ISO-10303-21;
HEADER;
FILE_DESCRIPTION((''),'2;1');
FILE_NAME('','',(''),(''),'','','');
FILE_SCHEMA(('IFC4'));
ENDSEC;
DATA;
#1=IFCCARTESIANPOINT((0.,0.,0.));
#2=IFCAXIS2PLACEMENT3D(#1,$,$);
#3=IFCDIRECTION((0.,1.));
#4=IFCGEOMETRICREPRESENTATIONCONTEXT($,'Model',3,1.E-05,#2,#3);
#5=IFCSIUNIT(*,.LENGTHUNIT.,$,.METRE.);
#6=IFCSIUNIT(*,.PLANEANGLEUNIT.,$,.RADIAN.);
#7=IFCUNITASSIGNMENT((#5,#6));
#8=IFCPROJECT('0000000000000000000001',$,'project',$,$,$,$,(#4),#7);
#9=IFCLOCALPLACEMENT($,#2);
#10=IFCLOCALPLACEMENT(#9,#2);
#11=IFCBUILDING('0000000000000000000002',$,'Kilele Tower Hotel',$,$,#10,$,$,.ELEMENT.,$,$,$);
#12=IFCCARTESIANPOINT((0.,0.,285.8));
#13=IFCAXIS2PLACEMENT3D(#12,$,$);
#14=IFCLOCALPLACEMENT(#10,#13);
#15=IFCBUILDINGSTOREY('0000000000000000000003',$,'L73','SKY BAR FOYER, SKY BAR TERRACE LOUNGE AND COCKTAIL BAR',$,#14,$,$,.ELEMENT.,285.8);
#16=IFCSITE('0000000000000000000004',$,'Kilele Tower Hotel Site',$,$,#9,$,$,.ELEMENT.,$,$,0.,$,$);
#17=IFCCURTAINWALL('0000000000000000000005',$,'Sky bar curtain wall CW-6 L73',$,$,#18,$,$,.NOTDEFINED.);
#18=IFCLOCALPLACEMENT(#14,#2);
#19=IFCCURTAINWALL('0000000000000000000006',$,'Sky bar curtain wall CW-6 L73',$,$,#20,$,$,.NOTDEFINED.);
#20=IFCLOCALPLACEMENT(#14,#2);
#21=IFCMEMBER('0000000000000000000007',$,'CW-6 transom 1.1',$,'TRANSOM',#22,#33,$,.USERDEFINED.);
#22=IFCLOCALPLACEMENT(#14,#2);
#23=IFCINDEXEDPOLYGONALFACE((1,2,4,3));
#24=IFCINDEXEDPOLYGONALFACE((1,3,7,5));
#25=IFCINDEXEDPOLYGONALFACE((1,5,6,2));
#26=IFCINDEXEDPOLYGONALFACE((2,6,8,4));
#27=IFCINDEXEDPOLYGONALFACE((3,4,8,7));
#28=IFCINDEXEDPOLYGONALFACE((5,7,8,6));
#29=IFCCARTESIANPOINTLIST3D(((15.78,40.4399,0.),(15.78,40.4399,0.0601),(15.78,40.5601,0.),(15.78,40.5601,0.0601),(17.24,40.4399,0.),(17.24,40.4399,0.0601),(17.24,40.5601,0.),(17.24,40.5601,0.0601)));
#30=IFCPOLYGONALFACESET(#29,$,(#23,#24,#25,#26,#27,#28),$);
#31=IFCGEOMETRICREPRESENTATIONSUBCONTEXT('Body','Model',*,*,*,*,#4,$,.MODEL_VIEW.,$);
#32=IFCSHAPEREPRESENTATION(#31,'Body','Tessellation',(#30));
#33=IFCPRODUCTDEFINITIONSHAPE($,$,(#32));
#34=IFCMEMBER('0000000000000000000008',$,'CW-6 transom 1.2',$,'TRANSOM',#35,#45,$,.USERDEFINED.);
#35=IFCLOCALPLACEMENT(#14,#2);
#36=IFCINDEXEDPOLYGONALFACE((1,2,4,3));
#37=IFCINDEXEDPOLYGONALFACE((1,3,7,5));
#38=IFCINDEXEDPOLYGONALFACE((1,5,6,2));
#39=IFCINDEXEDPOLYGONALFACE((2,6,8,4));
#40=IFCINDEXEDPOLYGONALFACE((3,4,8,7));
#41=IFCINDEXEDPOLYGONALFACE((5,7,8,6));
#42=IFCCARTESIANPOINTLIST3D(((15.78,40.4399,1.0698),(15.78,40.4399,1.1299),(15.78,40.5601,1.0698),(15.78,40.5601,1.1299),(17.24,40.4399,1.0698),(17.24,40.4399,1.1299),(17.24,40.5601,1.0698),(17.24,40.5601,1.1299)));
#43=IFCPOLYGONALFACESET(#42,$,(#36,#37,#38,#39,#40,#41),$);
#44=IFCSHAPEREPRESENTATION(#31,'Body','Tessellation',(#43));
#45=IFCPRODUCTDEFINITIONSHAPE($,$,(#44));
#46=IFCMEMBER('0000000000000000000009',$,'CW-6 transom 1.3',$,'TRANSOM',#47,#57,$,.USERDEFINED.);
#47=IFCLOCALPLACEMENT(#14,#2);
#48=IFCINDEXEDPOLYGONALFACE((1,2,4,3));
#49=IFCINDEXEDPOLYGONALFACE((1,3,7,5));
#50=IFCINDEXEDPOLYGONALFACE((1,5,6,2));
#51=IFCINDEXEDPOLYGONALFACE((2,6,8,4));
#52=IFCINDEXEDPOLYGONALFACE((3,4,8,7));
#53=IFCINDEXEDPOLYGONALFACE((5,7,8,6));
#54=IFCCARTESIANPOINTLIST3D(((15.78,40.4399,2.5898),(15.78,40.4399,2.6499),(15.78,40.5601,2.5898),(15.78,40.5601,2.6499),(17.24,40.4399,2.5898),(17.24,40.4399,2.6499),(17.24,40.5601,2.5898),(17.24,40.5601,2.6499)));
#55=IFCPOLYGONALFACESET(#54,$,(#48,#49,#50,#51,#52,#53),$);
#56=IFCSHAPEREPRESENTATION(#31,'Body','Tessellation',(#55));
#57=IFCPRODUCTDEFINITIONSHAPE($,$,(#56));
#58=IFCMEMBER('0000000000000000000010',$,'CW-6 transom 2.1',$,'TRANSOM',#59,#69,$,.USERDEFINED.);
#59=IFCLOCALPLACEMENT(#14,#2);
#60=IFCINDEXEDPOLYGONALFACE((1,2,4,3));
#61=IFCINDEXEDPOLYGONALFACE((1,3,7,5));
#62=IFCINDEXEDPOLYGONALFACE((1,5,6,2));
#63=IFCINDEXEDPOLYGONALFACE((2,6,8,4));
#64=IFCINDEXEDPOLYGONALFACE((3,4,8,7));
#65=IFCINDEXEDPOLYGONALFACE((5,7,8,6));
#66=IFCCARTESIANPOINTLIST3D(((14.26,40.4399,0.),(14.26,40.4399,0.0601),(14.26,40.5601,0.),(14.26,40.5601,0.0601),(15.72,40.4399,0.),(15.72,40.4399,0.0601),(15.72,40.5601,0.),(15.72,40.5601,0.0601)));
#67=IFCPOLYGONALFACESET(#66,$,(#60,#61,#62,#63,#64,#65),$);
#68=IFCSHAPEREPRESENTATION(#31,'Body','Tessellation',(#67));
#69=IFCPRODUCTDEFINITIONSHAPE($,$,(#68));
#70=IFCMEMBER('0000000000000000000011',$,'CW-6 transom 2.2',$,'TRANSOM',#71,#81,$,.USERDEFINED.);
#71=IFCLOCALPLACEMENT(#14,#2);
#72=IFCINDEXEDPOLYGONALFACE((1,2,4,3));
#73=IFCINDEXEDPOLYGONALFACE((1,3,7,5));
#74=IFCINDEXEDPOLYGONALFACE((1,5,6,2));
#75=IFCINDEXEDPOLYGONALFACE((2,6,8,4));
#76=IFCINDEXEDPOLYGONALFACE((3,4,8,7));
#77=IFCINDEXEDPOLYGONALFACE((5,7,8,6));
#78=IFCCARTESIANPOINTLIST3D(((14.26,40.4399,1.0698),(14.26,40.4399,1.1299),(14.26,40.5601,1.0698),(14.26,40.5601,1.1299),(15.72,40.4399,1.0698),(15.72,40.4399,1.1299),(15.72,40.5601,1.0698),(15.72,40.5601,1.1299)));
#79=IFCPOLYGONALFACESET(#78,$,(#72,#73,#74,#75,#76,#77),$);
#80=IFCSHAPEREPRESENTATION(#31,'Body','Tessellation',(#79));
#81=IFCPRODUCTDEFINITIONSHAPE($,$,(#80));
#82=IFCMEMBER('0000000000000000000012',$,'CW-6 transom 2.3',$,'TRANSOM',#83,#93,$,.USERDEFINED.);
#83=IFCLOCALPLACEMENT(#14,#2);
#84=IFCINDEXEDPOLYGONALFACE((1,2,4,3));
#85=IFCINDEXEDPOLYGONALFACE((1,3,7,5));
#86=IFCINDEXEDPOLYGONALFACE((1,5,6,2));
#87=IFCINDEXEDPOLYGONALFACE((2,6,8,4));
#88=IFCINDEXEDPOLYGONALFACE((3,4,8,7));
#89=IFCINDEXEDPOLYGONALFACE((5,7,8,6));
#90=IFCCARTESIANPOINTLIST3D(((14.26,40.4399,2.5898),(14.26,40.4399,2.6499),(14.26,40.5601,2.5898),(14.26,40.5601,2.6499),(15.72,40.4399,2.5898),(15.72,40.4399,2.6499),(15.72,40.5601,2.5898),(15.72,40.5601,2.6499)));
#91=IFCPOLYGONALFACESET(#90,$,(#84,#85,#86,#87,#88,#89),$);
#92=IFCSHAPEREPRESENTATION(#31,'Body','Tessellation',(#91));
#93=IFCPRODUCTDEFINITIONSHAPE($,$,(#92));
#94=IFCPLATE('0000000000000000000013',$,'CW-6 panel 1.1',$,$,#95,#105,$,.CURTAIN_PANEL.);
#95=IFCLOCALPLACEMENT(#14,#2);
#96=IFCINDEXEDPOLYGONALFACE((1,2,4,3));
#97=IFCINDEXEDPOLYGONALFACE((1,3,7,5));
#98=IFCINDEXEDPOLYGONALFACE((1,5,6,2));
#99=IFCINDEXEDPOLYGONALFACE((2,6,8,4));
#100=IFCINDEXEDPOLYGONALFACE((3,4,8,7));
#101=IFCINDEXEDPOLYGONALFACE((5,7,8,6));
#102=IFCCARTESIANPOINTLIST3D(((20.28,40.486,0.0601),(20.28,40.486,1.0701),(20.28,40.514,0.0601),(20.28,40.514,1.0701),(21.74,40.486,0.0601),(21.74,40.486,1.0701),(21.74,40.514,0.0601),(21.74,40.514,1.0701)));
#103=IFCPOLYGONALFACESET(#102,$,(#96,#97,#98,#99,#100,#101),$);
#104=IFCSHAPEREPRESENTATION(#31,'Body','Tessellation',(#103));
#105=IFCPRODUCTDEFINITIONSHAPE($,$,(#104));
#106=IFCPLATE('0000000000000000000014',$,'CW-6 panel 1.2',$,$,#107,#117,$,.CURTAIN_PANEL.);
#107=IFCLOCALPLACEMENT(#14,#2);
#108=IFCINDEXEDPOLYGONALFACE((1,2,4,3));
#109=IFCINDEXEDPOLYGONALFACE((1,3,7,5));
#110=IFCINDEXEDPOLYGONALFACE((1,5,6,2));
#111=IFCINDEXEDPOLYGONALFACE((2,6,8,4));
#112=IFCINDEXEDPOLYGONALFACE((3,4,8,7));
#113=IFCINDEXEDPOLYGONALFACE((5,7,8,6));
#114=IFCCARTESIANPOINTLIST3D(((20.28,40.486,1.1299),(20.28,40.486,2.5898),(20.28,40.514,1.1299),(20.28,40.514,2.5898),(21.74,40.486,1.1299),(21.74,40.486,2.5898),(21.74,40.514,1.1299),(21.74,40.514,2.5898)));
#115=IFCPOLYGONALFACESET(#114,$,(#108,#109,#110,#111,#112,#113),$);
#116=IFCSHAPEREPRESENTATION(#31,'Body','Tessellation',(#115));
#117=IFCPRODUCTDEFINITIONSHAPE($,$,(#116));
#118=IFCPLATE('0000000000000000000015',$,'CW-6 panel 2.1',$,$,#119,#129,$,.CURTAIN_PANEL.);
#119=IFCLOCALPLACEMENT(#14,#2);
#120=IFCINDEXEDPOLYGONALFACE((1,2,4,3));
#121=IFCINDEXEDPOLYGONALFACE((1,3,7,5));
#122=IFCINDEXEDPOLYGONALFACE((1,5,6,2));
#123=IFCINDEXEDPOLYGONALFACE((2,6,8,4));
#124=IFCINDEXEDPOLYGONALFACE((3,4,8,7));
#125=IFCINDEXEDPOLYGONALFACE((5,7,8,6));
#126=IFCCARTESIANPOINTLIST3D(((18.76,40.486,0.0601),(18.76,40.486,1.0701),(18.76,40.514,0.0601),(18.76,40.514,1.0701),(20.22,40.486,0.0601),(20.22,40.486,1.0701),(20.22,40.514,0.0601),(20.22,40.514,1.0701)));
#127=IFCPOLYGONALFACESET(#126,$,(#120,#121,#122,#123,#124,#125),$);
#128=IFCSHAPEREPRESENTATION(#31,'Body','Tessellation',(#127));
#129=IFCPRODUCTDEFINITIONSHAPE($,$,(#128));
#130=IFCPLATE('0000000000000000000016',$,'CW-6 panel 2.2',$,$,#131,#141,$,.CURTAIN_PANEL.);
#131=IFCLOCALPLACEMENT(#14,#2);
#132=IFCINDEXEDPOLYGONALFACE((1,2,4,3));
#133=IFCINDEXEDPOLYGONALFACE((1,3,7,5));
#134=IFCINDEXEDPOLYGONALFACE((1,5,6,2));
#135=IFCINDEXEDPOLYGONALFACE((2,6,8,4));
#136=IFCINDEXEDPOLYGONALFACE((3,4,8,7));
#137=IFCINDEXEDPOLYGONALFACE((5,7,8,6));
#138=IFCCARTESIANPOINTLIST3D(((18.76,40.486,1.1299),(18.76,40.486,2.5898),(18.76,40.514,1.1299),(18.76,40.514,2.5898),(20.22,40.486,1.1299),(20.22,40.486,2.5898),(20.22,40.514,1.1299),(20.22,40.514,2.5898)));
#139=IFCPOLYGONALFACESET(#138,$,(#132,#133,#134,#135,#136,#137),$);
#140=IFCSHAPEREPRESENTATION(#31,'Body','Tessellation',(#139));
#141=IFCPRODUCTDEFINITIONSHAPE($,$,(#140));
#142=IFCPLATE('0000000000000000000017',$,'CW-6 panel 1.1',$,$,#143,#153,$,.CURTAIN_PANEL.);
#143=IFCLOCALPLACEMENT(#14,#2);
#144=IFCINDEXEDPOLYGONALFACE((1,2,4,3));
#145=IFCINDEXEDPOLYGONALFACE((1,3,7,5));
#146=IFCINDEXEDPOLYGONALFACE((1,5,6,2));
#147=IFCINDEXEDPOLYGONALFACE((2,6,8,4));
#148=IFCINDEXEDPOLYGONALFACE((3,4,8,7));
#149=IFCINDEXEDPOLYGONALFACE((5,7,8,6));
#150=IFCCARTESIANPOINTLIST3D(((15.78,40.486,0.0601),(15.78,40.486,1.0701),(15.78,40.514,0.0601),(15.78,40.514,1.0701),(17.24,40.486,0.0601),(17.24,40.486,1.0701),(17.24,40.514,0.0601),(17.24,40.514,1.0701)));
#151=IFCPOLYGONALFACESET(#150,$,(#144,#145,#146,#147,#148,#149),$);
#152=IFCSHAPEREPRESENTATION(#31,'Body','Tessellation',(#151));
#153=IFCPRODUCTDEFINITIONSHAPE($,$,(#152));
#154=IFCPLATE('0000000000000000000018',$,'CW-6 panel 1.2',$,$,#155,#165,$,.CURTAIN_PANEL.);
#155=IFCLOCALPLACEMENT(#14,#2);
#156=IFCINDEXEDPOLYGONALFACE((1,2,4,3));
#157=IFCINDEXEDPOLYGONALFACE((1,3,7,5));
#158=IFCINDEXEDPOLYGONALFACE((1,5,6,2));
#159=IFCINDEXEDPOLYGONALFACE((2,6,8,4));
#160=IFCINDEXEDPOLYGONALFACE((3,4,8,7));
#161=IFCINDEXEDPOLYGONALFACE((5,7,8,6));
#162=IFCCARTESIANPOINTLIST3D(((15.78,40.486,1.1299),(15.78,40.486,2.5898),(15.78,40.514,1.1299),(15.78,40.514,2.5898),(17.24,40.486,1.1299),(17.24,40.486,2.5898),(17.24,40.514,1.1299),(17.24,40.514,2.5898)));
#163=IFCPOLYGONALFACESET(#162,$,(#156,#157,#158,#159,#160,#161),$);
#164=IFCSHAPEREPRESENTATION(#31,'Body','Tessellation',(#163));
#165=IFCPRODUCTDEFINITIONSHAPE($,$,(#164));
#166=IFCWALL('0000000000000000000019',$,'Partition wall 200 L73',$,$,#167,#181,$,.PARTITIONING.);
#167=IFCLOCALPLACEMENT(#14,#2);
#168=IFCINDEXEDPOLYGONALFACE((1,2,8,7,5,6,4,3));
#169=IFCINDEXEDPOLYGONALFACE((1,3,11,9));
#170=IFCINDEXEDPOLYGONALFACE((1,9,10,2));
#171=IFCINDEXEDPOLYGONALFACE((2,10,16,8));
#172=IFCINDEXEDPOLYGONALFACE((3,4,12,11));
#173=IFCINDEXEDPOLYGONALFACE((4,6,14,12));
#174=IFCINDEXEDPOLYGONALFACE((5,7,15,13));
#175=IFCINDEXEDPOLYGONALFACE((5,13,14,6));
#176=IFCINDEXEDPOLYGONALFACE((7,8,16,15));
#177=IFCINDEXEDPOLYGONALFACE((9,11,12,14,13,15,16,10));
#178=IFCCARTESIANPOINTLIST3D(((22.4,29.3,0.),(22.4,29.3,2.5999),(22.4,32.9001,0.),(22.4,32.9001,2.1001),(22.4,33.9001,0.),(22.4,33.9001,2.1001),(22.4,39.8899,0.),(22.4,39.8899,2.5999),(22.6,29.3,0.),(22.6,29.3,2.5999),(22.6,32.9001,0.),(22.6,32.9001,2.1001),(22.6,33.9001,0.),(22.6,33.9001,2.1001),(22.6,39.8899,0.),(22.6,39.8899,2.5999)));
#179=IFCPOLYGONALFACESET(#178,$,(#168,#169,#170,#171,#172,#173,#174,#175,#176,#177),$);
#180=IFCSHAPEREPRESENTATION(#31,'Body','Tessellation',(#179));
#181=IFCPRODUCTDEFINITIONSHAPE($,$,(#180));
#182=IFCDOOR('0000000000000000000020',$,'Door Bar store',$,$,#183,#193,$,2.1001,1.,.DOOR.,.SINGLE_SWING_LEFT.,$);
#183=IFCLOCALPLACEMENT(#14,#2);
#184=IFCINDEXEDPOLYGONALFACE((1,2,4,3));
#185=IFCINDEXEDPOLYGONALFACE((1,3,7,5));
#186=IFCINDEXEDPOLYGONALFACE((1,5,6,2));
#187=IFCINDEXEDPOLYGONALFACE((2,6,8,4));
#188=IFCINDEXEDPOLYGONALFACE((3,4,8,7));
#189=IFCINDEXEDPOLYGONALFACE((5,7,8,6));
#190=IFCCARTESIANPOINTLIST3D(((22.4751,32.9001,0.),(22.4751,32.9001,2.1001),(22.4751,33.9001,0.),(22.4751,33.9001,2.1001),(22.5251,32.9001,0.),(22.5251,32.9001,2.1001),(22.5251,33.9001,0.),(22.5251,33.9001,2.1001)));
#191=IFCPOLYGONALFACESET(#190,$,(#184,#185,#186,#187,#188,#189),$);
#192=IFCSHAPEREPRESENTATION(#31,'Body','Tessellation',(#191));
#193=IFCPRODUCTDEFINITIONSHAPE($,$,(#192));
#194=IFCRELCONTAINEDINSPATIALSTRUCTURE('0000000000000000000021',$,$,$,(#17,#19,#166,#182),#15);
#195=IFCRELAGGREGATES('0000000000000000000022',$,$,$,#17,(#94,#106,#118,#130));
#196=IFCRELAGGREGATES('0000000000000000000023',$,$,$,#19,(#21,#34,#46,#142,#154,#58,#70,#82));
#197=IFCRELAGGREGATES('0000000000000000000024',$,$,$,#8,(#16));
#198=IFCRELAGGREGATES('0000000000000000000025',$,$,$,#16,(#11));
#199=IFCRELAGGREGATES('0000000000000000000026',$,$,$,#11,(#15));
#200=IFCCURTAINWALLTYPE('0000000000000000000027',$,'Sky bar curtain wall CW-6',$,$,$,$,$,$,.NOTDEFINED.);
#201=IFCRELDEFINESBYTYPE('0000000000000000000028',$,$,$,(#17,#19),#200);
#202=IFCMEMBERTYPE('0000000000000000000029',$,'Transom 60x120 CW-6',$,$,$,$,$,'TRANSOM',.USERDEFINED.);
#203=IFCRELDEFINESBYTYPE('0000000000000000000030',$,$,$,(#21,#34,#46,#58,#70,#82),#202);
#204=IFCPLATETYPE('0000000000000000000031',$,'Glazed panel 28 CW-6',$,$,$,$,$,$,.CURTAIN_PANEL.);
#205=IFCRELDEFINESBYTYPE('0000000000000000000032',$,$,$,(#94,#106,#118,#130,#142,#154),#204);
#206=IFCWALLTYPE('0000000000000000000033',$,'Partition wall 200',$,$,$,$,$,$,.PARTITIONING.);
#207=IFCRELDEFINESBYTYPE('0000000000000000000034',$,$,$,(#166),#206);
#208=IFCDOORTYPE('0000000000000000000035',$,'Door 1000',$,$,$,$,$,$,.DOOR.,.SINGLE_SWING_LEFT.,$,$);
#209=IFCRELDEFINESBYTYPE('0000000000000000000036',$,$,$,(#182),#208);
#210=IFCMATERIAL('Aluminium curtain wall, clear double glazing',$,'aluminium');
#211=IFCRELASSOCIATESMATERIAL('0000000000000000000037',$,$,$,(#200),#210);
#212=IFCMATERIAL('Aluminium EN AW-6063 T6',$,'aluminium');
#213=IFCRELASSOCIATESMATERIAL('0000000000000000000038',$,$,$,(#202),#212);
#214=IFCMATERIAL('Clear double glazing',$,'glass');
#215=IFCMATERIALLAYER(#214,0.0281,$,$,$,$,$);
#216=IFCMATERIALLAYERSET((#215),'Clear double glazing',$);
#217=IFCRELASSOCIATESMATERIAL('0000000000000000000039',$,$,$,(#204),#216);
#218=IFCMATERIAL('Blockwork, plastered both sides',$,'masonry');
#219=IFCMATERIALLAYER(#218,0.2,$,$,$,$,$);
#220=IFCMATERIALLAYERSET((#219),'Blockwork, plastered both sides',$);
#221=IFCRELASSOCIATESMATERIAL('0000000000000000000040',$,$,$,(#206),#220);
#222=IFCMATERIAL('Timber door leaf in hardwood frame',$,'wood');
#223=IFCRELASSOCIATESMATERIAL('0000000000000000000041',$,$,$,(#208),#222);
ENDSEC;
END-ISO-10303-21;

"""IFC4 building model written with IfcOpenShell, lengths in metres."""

from ifc_helpers import new_model, si_unit, direction, frame, frame_2d, origin, origin_2d, place, context, subcontext, project, spatial, rectangle, extrude, material, layer, layer_set, material_profile, profile_set, type_object, element, fill, aggregate, save


model = new_model("IFC4")

# Units and contexts
model_context = context("Model", 3, precision=1e-05, world=origin(), true_north=direction((0.0, 1.0)))
body_context = subcontext(model_context, "Body", "Model", "MODEL_VIEW")
ifc_project = project(units=[si_unit("LENGTHUNIT", "METRE"), si_unit("PLANEANGLEUNIT", "RADIAN")], contexts=[model_context])

# Site, building, storey
site_placement = place(None, origin())
site = spatial("IfcSite", under=ifc_project, at=site_placement, Name="Kilele Tower Hotel Site", CompositionType="ELEMENT", RefElevation=0.0)
building_placement = place(site_placement, origin())
building = spatial("IfcBuilding", under=site, at=building_placement, Name="Kilele Tower Hotel", CompositionType="ELEMENT")
storey_placement = place(building_placement, frame((0.0, 0.0, 285.8)))
storey = spatial("IfcBuildingStorey", under=building, at=storey_placement, Name="L73", Description="SKY BAR FOYER, SKY BAR TERRACE LOUNGE AND COCKTAIL BAR", CompositionType="ELEMENT", Elevation=285.8)

# Curtain walls
ifc_material_1 = material(Name="Aluminium curtain wall, clear double glazing", Category="aluminium")
curtain_wall_type = type_object("IfcCurtainWallType", Name="Sky bar curtain wall CW-6", PredefinedType="NOTDEFINED", material=ifc_material_1)
curtain_wall_1_placement = place(storey_placement, origin())
curtain_wall_1 = element("IfcCurtainWall", 1, at=curtain_wall_1_placement, inside=storey, type_object=curtain_wall_type, Name="Sky bar curtain wall CW-6 L73", PredefinedType="NOTDEFINED")
curtain_wall_2_placement = place(storey_placement, origin())
curtain_wall_2 = element("IfcCurtainWall", 2, at=curtain_wall_2_placement, inside=storey, type_object=curtain_wall_type, Name="Sky bar curtain wall CW-6 L73", PredefinedType="NOTDEFINED")

# Members
ifc_material_2 = material(Name="Aluminium EN AW-6063 T6", Category="aluminium")
ifc_material_profile_1 = material_profile(ifc_material_2, rectangle(XDim=0.1201, YDim=0.0601, at=origin_2d()))
ifc_profile_set_1 = profile_set([ifc_material_profile_1], Name="Aluminium EN AW-6063 T6")
member_type_1 = type_object("IfcMemberType", Name="Transom 60x120 CW-6", ElementType="TRANSOM", PredefinedType="USERDEFINED", material=ifc_profile_set_1)
member_1_placement = place(storey_placement, frame((17.24, 40.5, 0.03), z_axis=(-1.0, 0.0, 0.0), x_axis=(0.0, -1.0, 0.0)))
member_1 = element("IfcMember", 3, at=member_1_placement, type_object=member_type_1, Name="CW-6 transom 1.1", ObjectType="TRANSOM", PredefinedType="USERDEFINED", context=body_context, shape_type="SweptSolid", body=[
    extrude(rectangle(XDim=0.1201, YDim=0.0601, at=origin_2d()), origin(), (0.0, 0.0, 1.0), 1.46),
])
member_2_placement = place(storey_placement, frame((17.24, 40.5, 1.0999), z_axis=(-1.0, 0.0, 0.0), x_axis=(0.0, -1.0, 0.0)))
member_2 = element("IfcMember", 4, at=member_2_placement, type_object=member_type_1, Name="CW-6 transom 1.2", ObjectType="TRANSOM", PredefinedType="USERDEFINED", context=body_context, shape_type="SweptSolid", body=[
    extrude(rectangle(XDim=0.1201, YDim=0.0601, at=origin_2d()), origin(), (0.0, 0.0, 1.0), 1.46),
])
member_3_placement = place(storey_placement, frame((17.24, 40.5, 2.6199), z_axis=(-1.0, 0.0, 0.0), x_axis=(0.0, -1.0, 0.0)))
member_3 = element("IfcMember", 5, at=member_3_placement, type_object=member_type_1, Name="CW-6 transom 1.3", ObjectType="TRANSOM", PredefinedType="USERDEFINED", context=body_context, shape_type="SweptSolid", body=[
    extrude(rectangle(XDim=0.1201, YDim=0.0601, at=origin_2d()), origin(), (0.0, 0.0, 1.0), 1.46),
])
member_4_placement = place(storey_placement, frame((15.72, 40.5, 0.03), z_axis=(-1.0, 0.0, 0.0), x_axis=(0.0, -1.0, 0.0)))
member_4 = element("IfcMember", 6, at=member_4_placement, type_object=member_type_1, Name="CW-6 transom 2.1", ObjectType="TRANSOM", PredefinedType="USERDEFINED", context=body_context, shape_type="SweptSolid", body=[
    extrude(rectangle(XDim=0.1201, YDim=0.0601, at=origin_2d()), origin(), (0.0, 0.0, 1.0), 1.46),
])
member_5_placement = place(storey_placement, frame((15.72, 40.5, 1.0999), z_axis=(-1.0, 0.0, 0.0), x_axis=(0.0, -1.0, 0.0)))
member_5 = element("IfcMember", 7, at=member_5_placement, type_object=member_type_1, Name="CW-6 transom 2.2", ObjectType="TRANSOM", PredefinedType="USERDEFINED", context=body_context, shape_type="SweptSolid", body=[
    extrude(rectangle(XDim=0.1201, YDim=0.0601, at=origin_2d()), origin(), (0.0, 0.0, 1.0), 1.46),
])
member_6_placement = place(storey_placement, frame((15.72, 40.5, 2.6199), z_axis=(-1.0, 0.0, 0.0), x_axis=(0.0, -1.0, 0.0)))
member_6 = element("IfcMember", 8, at=member_6_placement, type_object=member_type_1, Name="CW-6 transom 2.3", ObjectType="TRANSOM", PredefinedType="USERDEFINED", context=body_context, shape_type="SweptSolid", body=[
    extrude(rectangle(XDim=0.1201, YDim=0.0601, at=origin_2d()), origin(), (0.0, 0.0, 1.0), 1.46),
])

# Plates
ifc_material_3 = material(Name="Clear double glazing", Category="glass")
ifc_layer_1 = layer(ifc_material_3, 0.0281)
ifc_layer_set_1 = layer_set([ifc_layer_1], Name="Clear double glazing")
plate_type = type_object("IfcPlateType", Name="Glazed panel 28 CW-6", PredefinedType="CURTAIN_PANEL", material=ifc_layer_set_1)
plate_1_placement = place(storey_placement, frame((21.01, 40.5, 0.0601), z_axis=(0.0, 0.0, 1.0), x_axis=(-1.0, 0.0, 0.0)))
plate_1 = element("IfcPlate", 9, at=plate_1_placement, type_object=plate_type, Name="CW-6 panel 1.1", PredefinedType="CURTAIN_PANEL", context=body_context, shape_type="SweptSolid", body=[
    extrude(rectangle(XDim=1.46, YDim=0.0281, at=origin_2d()), origin(), (0.0, 0.0, 1.0), 1.01),
])
plate_2_placement = place(storey_placement, frame((21.01, 40.5, 1.1299), z_axis=(0.0, 0.0, 1.0), x_axis=(-1.0, 0.0, 0.0)))
plate_2 = element("IfcPlate", 10, at=plate_2_placement, type_object=plate_type, Name="CW-6 panel 1.2", PredefinedType="CURTAIN_PANEL", context=body_context, shape_type="SweptSolid", body=[
    extrude(rectangle(XDim=1.46, YDim=0.0281, at=origin_2d()), origin(), (0.0, 0.0, 1.0), 1.46),
])
plate_3_placement = place(storey_placement, frame((19.49, 40.5, 0.0601), z_axis=(0.0, 0.0, 1.0), x_axis=(-1.0, 0.0, 0.0)))
plate_3 = element("IfcPlate", 11, at=plate_3_placement, type_object=plate_type, Name="CW-6 panel 2.1", PredefinedType="CURTAIN_PANEL", context=body_context, shape_type="SweptSolid", body=[
    extrude(rectangle(XDim=1.46, YDim=0.0281, at=origin_2d()), origin(), (0.0, 0.0, 1.0), 1.01),
])
plate_4_placement = place(storey_placement, frame((19.49, 40.5, 1.1299), z_axis=(0.0, 0.0, 1.0), x_axis=(-1.0, 0.0, 0.0)))
plate_4 = element("IfcPlate", 12, at=plate_4_placement, type_object=plate_type, Name="CW-6 panel 2.2", PredefinedType="CURTAIN_PANEL", context=body_context, shape_type="SweptSolid", body=[
    extrude(rectangle(XDim=1.46, YDim=0.0281, at=origin_2d()), origin(), (0.0, 0.0, 1.0), 1.46),
])
aggregate(curtain_wall_1, [plate_1, plate_2, plate_3, plate_4])
plate_5_placement = place(storey_placement, frame((16.51, 40.5, 0.0601), z_axis=(0.0, 0.0, 1.0), x_axis=(-1.0, 0.0, 0.0)))
plate_5 = element("IfcPlate", 13, at=plate_5_placement, type_object=plate_type, Name="CW-6 panel 1.1", PredefinedType="CURTAIN_PANEL", context=body_context, shape_type="SweptSolid", body=[
    extrude(rectangle(XDim=1.46, YDim=0.0281, at=origin_2d()), origin(), (0.0, 0.0, 1.0), 1.01),
])
plate_6_placement = place(storey_placement, frame((16.51, 40.5, 1.1299), z_axis=(0.0, 0.0, 1.0), x_axis=(-1.0, 0.0, 0.0)))
plate_6 = element("IfcPlate", 14, at=plate_6_placement, type_object=plate_type, Name="CW-6 panel 1.2", PredefinedType="CURTAIN_PANEL", context=body_context, shape_type="SweptSolid", body=[
    extrude(rectangle(XDim=1.46, YDim=0.0281, at=origin_2d()), origin(), (0.0, 0.0, 1.0), 1.46),
])
aggregate(curtain_wall_2, [member_1, member_2, member_3, plate_5, plate_6, member_4, member_5, member_6])

# Wall, opening, door
ifc_material_4 = material(Name="Blockwork, plastered both sides", Category="masonry")
ifc_layer_2 = layer(ifc_material_4, 0.2)
ifc_layer_set_2 = layer_set([ifc_layer_2], Name="Blockwork, plastered both sides")
wall_type_1 = type_object("IfcWallType", Name="Partition wall 200", PredefinedType="PARTITIONING", material=ifc_layer_set_2)
wall_1_placement = place(storey_placement, frame((22.5, 29.3, 0.0), z_axis=(0.0, 0.0, 1.0), x_axis=(0.0, 1.0, 0.0)))
wall_1 = element("IfcWall", 15, at=wall_1_placement, inside=storey, type_object=wall_type_1, Name="Partition wall 200 L73", PredefinedType="PARTITIONING", context=body_context, shape_type="SweptSolid", body=[
    extrude(rectangle(XDim=10.5898, YDim=0.2, at=frame_2d((5.2949, 0.0))), origin(), (0.0, 0.0, 1.0), 2.5999),
])
opening_1_placement = place(wall_1_placement, frame((3.6001, 0.0, 0.0)))
opening_1 = element("IfcOpeningElement", 16, at=opening_1_placement, cuts=wall_1, PredefinedType="OPENING", context=body_context, shape_type="SweptSolid", body=[
    extrude(rectangle(XDim=1.0, YDim=2.1001, at=frame_2d((0.5, 1.05))), frame((0.0, 0.1099, 0.0), z_axis=(0.0, -1.0, 0.0), x_axis=(1.0, 0.0, 0.0)), (0.0, 0.0, 1.0), 0.22),
])
ifc_material_5 = material(Name="Timber door leaf in hardwood frame", Category="wood")
door_type_1 = type_object("IfcDoorType", Name="Door 1000", OperationType="SINGLE_SWING_LEFT", PredefinedType="DOOR", material=ifc_material_5)
door_1_placement = place(opening_1_placement, origin())
door_1 = element("IfcDoor", 17, at=door_1_placement, inside=storey, type_object=door_type_1, Name="Door Bar store", OperationType="SINGLE_SWING_LEFT", OverallHeight=2.1001, OverallWidth=1.0, PredefinedType="DOOR", context=body_context, shape_type="SweptSolid", body=[
    extrude(rectangle(XDim=1.0, YDim=2.1001, at=frame_2d((0.5, 1.05))), frame((0.0, 0.0249, 0.0), z_axis=(0.0, -1.0, 0.0), x_axis=(1.0, 0.0, 0.0)), (0.0, 0.0, 1.0), 0.05),
])
fill(opening_1, door_1)

save(model, "model.ifc")
